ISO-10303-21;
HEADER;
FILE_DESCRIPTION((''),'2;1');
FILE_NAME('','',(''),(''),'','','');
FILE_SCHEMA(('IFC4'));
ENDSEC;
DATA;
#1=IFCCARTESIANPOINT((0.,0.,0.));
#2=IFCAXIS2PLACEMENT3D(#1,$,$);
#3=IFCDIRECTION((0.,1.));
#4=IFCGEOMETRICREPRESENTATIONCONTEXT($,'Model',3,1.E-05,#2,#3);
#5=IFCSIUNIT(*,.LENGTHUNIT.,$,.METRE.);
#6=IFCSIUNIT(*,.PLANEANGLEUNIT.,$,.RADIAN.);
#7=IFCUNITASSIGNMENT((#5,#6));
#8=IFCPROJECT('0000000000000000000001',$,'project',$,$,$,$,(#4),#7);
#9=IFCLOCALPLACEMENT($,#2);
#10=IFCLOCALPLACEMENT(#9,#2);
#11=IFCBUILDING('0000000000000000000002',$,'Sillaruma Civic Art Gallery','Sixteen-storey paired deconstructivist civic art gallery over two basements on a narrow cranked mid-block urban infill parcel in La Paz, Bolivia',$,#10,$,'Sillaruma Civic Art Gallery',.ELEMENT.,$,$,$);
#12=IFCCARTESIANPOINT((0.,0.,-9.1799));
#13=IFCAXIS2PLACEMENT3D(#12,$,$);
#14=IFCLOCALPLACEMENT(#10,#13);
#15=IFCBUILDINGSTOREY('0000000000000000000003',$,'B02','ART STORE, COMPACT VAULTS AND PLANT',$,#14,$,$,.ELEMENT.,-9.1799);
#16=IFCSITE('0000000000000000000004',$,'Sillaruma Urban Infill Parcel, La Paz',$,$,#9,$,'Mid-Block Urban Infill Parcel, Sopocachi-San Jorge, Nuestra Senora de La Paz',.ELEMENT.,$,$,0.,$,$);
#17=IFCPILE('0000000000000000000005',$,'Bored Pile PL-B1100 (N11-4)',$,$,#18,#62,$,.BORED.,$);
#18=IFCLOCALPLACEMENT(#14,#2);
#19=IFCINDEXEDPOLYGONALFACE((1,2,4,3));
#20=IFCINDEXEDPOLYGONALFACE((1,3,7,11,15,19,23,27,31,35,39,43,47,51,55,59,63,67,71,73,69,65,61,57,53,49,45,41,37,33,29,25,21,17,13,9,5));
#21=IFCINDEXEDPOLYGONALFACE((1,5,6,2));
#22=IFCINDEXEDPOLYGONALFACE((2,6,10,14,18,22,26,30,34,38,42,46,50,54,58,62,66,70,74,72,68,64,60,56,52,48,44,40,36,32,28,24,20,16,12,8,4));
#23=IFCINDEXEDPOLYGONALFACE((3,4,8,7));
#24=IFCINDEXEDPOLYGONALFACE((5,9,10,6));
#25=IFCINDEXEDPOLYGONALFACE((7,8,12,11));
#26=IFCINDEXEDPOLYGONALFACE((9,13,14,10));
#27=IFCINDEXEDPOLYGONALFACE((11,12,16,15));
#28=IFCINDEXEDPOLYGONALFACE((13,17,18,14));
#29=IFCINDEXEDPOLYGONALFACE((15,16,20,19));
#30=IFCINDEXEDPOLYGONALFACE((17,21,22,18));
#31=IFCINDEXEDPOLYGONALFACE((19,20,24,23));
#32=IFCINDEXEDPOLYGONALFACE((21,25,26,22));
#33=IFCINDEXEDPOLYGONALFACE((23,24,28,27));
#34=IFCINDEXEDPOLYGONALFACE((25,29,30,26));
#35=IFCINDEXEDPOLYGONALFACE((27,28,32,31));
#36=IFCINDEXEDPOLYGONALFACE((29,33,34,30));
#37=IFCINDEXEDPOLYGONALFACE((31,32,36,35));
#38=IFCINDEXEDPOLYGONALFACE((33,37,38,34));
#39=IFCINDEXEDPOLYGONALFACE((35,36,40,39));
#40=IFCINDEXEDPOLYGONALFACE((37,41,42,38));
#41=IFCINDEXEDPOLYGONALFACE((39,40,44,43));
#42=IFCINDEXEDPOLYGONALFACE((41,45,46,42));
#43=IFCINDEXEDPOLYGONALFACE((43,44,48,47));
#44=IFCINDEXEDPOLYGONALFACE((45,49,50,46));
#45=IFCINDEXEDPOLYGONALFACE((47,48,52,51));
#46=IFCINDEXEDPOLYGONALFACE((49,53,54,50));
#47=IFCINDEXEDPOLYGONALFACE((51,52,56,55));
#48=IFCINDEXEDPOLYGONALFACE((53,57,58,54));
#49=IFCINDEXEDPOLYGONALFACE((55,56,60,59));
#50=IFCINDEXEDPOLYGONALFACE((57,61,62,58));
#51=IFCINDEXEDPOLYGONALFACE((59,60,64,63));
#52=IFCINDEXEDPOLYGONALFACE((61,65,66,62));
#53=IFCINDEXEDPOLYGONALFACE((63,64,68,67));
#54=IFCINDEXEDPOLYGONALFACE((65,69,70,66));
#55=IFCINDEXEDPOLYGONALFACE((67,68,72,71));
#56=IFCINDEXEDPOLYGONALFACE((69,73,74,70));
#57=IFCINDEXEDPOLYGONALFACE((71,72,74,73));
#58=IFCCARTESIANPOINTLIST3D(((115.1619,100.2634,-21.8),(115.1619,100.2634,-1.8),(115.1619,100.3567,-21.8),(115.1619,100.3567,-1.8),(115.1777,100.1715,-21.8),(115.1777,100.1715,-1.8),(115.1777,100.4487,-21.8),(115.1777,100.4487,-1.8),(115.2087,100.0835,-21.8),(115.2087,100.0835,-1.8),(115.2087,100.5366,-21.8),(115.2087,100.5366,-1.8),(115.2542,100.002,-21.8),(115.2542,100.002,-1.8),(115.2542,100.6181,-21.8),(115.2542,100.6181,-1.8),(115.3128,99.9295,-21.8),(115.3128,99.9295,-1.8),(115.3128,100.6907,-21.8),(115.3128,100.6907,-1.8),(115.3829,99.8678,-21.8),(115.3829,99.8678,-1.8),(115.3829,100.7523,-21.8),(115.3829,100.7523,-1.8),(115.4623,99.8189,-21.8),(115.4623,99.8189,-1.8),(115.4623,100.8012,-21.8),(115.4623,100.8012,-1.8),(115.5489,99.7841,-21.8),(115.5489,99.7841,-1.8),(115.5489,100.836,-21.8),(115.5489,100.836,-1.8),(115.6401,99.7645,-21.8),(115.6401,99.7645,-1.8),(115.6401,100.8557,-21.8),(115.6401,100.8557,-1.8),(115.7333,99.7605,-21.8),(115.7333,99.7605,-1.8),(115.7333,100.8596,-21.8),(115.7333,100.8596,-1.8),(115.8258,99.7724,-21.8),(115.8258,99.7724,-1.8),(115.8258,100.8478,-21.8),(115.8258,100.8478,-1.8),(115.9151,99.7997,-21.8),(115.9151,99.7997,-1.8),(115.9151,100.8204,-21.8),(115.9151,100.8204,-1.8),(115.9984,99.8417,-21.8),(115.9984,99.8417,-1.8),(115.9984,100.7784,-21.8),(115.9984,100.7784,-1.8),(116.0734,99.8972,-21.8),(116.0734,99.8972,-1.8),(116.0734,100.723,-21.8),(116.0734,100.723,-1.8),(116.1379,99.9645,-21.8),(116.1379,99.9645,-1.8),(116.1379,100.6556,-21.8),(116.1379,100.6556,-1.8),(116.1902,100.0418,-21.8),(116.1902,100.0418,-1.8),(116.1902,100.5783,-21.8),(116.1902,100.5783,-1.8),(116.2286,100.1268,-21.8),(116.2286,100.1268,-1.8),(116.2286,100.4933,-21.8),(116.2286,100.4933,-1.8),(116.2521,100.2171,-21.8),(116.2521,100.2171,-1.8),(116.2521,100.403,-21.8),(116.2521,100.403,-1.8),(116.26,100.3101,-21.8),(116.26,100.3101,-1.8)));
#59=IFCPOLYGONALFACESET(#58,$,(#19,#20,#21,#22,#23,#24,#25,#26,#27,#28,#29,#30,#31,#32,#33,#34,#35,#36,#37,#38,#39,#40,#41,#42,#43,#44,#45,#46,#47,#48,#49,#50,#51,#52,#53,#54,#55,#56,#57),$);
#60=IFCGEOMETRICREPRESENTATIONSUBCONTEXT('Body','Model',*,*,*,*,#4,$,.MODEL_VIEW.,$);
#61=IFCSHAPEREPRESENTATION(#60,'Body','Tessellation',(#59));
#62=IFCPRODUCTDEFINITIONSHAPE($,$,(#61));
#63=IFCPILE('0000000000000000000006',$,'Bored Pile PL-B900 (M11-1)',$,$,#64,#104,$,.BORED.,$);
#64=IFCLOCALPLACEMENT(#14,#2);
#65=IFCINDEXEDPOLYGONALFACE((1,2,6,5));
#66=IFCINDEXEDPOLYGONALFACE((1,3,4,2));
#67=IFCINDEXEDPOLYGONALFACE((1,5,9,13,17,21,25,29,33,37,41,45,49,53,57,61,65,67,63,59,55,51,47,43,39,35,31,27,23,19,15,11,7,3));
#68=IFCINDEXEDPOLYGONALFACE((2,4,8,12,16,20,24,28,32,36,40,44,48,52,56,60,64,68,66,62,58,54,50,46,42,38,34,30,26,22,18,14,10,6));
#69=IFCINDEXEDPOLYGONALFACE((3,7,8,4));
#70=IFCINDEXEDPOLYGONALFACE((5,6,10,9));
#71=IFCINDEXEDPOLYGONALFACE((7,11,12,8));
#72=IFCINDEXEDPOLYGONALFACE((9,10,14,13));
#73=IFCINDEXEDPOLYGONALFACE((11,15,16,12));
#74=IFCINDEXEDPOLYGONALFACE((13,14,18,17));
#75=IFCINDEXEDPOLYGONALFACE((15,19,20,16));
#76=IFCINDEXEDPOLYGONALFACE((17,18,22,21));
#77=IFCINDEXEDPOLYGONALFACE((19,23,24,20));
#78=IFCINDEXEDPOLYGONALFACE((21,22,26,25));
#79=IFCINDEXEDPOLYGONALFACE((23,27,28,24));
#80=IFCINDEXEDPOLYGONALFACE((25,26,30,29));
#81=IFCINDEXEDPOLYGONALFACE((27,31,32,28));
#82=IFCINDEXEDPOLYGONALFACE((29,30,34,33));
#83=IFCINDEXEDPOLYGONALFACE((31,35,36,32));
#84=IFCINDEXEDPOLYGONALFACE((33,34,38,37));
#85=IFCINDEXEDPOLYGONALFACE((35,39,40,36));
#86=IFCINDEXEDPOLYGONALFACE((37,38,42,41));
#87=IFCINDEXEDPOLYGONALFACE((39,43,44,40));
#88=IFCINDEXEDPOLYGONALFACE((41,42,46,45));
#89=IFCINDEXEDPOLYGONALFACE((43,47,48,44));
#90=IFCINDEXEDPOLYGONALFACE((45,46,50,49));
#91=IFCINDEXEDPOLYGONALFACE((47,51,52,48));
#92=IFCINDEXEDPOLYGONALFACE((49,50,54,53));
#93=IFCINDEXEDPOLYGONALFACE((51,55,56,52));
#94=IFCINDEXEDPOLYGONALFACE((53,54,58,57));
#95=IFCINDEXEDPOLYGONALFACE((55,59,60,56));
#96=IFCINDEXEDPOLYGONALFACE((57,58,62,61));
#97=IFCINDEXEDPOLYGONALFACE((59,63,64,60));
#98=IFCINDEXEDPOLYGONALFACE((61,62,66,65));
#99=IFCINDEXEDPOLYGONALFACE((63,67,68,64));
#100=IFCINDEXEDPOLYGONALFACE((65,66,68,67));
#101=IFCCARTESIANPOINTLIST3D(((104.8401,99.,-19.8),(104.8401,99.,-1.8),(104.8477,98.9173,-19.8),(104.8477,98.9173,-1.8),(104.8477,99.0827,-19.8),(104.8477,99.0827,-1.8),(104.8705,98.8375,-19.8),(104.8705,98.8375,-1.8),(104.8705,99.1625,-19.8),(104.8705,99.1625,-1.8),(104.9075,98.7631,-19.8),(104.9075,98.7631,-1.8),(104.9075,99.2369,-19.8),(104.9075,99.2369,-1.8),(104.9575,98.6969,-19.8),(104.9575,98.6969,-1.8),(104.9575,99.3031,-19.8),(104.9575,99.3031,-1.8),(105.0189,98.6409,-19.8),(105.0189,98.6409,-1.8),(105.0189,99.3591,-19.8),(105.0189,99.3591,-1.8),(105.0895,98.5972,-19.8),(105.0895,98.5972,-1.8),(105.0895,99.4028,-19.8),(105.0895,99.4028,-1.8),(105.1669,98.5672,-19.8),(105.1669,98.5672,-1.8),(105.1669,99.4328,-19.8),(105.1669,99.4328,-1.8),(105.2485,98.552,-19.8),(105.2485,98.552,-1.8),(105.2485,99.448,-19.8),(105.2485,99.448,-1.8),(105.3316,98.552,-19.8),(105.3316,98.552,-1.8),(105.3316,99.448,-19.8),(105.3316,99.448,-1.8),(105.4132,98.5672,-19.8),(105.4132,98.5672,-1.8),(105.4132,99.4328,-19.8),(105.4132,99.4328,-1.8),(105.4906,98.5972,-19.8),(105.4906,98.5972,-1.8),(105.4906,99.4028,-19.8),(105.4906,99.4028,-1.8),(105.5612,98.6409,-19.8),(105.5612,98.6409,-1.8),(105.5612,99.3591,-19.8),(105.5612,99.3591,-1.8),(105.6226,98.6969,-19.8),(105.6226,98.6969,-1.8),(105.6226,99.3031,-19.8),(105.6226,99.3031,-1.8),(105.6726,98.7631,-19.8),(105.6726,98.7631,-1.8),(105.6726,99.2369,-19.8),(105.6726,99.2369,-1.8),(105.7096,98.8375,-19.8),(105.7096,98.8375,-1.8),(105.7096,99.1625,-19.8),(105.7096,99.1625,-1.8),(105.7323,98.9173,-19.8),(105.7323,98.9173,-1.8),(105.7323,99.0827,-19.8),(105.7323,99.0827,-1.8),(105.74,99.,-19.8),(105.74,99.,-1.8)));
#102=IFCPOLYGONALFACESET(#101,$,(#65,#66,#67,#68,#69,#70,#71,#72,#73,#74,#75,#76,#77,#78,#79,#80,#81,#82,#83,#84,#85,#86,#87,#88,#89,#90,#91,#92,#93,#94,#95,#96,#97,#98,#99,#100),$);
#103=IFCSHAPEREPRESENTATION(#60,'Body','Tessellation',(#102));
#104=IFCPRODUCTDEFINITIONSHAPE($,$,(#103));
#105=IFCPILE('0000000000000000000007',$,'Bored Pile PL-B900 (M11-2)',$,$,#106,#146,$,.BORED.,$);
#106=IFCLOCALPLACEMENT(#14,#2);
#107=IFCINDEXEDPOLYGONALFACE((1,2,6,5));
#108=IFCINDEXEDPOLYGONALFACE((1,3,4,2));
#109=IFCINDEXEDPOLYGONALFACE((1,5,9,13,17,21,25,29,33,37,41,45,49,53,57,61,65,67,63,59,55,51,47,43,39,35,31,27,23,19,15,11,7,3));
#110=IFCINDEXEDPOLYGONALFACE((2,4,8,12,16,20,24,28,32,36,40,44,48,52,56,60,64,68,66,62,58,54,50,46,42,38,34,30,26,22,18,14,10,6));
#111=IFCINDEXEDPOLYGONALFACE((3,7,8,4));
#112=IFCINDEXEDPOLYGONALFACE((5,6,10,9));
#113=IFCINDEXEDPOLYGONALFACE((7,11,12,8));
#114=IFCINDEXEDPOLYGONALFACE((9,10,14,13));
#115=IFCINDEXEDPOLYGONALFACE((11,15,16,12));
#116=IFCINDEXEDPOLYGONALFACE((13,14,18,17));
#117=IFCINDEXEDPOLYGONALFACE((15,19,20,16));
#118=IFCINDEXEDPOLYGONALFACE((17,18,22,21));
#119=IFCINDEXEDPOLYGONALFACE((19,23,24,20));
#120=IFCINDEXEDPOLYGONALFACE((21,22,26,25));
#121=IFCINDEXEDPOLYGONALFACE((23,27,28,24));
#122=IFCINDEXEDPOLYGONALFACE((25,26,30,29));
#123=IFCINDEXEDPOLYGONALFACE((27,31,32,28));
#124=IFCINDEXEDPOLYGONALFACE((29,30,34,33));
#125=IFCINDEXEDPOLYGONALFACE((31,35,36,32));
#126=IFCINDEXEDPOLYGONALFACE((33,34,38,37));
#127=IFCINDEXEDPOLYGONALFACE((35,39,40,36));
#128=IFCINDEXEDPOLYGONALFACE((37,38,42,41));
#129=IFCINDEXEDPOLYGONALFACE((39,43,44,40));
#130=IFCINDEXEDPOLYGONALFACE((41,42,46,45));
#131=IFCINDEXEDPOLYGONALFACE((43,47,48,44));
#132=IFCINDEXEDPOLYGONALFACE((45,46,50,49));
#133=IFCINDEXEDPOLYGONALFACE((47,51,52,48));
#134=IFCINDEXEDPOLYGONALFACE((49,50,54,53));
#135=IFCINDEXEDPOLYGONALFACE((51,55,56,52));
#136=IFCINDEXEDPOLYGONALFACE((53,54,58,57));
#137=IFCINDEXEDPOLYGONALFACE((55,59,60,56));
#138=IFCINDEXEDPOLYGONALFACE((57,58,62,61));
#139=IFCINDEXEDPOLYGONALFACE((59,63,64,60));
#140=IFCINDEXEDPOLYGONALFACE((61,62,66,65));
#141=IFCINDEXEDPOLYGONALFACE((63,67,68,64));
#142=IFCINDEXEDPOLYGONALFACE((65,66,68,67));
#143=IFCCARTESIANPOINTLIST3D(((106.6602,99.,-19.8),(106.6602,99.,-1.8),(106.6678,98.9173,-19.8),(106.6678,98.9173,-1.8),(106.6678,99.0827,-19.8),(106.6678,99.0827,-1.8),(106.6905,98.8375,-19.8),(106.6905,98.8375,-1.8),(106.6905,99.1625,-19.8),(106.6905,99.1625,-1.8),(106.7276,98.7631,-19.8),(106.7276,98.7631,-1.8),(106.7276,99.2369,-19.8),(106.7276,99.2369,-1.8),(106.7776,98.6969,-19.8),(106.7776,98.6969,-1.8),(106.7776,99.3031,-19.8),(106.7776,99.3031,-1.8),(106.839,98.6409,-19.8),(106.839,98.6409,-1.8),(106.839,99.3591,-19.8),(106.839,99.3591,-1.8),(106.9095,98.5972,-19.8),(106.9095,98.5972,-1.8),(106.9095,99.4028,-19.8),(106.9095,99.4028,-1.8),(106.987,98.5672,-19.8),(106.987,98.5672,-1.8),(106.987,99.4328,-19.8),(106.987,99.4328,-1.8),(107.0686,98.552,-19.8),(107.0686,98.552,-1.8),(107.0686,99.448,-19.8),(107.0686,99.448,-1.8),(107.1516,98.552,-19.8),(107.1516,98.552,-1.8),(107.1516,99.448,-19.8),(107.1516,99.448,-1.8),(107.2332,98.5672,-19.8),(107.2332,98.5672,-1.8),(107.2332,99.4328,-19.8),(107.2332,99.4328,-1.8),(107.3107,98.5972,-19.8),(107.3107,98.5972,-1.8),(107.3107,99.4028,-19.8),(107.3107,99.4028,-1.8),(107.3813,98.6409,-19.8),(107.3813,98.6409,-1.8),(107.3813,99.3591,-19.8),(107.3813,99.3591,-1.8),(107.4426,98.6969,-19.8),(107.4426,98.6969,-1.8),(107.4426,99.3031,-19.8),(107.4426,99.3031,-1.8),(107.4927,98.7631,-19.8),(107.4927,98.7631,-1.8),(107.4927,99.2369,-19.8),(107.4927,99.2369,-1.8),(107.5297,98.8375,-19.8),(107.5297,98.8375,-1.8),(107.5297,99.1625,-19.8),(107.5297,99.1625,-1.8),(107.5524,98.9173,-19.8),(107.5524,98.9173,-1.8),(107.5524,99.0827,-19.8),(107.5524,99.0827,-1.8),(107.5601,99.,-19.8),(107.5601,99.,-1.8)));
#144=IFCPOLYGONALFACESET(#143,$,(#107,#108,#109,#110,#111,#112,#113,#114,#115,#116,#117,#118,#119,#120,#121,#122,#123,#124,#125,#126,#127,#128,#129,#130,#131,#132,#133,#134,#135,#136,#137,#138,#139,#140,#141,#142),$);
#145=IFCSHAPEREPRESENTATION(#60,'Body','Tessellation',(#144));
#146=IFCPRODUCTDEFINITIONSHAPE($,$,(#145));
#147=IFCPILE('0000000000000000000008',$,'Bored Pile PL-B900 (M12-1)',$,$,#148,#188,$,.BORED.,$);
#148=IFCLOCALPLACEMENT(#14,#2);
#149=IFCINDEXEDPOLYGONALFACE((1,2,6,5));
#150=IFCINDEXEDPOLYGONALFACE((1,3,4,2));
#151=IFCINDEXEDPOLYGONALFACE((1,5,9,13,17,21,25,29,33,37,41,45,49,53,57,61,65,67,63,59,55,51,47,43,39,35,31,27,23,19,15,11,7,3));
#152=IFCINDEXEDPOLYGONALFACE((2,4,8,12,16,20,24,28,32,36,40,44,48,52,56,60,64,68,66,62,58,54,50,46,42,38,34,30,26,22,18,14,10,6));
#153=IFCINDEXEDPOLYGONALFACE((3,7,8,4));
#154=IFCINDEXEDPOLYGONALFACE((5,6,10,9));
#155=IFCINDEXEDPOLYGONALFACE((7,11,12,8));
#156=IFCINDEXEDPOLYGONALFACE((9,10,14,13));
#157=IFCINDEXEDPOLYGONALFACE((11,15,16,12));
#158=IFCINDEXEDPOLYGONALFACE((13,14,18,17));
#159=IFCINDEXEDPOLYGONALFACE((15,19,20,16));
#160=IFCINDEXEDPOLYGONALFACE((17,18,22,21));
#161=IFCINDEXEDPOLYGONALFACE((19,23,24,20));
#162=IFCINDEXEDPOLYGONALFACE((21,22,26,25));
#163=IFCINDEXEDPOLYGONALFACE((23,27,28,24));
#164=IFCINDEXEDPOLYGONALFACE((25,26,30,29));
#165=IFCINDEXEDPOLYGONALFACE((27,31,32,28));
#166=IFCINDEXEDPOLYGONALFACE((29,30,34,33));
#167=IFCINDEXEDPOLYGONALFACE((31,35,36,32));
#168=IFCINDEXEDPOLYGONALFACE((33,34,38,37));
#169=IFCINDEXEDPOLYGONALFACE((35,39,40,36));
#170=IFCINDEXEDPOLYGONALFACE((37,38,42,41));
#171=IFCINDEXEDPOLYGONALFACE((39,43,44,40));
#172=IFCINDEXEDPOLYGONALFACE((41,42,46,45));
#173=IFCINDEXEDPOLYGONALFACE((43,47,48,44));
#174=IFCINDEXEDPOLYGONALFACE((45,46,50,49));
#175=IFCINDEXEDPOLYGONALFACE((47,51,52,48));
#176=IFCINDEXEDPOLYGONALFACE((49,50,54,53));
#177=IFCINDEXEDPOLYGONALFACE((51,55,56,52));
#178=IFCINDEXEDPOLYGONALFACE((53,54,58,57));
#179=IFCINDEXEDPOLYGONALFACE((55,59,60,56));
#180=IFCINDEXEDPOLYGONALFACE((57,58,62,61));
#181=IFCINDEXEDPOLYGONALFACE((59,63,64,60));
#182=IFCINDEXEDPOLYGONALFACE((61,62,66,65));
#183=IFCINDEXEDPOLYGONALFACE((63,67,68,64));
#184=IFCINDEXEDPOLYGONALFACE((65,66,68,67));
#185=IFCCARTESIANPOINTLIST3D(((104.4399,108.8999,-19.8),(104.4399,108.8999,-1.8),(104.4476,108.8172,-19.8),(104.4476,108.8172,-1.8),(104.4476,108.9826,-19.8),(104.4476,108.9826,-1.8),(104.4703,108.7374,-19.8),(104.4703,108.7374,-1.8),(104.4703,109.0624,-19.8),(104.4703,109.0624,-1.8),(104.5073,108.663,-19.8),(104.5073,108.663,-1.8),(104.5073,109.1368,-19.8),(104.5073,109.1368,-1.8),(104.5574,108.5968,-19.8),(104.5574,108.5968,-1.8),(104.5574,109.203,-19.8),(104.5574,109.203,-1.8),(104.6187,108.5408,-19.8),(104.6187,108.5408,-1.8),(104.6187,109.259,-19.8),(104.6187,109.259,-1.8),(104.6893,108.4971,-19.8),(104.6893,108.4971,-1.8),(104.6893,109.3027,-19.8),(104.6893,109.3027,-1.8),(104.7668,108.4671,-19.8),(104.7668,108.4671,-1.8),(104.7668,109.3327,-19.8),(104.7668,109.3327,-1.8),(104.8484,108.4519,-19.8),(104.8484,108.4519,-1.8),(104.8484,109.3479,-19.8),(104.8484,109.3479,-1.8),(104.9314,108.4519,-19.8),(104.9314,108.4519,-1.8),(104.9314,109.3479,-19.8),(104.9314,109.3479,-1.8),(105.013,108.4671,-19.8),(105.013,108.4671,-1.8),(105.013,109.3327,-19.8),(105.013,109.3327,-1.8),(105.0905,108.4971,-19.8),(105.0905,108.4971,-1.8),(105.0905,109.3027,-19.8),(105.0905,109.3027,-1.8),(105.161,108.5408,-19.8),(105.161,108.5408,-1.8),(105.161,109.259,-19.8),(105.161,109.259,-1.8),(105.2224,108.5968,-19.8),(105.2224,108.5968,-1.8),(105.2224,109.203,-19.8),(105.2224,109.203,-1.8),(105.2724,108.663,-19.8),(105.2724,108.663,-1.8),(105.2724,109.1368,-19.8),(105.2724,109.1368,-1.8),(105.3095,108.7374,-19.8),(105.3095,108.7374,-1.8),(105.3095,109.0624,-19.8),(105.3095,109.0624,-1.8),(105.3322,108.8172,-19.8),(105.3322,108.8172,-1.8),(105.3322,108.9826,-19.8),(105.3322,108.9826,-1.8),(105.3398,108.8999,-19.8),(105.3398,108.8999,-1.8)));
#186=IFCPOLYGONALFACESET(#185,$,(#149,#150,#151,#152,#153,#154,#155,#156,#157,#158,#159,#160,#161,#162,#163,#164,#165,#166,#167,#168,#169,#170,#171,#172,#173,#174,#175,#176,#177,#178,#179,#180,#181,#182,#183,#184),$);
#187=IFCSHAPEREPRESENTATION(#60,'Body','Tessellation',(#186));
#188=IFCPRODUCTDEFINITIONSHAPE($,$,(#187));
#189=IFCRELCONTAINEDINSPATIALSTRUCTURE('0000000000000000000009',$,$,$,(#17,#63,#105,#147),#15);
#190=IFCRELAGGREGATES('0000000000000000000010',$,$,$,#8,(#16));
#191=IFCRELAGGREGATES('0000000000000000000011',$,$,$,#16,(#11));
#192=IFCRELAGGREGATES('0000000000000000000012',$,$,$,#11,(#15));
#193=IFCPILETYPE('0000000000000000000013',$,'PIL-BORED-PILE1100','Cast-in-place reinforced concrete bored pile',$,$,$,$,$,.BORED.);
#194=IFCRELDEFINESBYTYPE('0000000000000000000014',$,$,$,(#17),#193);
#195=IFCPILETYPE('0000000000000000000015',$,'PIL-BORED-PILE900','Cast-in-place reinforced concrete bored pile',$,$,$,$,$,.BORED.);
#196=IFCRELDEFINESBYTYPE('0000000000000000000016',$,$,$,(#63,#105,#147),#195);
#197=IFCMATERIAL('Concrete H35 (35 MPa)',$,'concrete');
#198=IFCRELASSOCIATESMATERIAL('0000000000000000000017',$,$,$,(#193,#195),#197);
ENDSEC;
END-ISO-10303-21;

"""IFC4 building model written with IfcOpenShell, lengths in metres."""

from ifc_helpers import new_model, si_unit, direction, frame, origin, origin_2d, place, context, subcontext, project, spatial, circle, extrude, material, material_profile, profile_set, type_object, element, save


model = new_model("IFC4")

# Units and contexts
model_context = context("Model", 3, precision=1e-05, world=origin(), true_north=direction((0.0, 1.0)))
body_context = subcontext(model_context, "Body", "Model", "MODEL_VIEW")
ifc_project = project(units=[si_unit("LENGTHUNIT", "METRE"), si_unit("PLANEANGLEUNIT", "RADIAN")], contexts=[model_context])

# Site, building, storey
site_placement = place(None, origin())
site = spatial("IfcSite", under=ifc_project, at=site_placement, Name="Sillaruma Urban Infill Parcel, La Paz", LongName="Mid-Block Urban Infill Parcel, Sopocachi-San Jorge, Nuestra Senora de La Paz", CompositionType="ELEMENT", RefElevation=0.0)
building_placement = place(site_placement, origin())
building = spatial("IfcBuilding", under=site, at=building_placement, Name="Sillaruma Civic Art Gallery", Description="Sixteen-storey paired deconstructivist civic art gallery over two basements on a narrow cranked mid-block urban infill parcel in La Paz, Bolivia", LongName="Sillaruma Civic Art Gallery", CompositionType="ELEMENT")
storey_placement = place(building_placement, frame((0.0, 0.0, -9.1799)))
storey = spatial("IfcBuildingStorey", under=building, at=storey_placement, Name="B02", Description="ART STORE, COMPACT VAULTS AND PLANT", CompositionType="ELEMENT", Elevation=-9.1799)

# Shared definitions
ifc_material_1 = material(Name="Concrete H35 (35 MPa)", Category="concrete")

# Piles
ifc_material_profile_1 = material_profile(ifc_material_1, circle(Radius=0.55, at=origin_2d()), Name="PILE1100")
ifc_profile_set_1 = profile_set([ifc_material_profile_1], Name="Concrete H35 (35 MPa)")
pile_type_1 = type_object("IfcPileType", Name="PIL-BORED-PILE1100", Description="Cast-in-place reinforced concrete bored pile", PredefinedType="BORED", material=ifc_profile_set_1)
for number, where, z_axis, x_axis, name in (
    (1, (115.71, 100.3101, -1.8), (0.0, 0.0, -1.0), (1.0, 0.0, 0.0), "Bored Pile PL-B1100 (N11-4)"),
):
    element("IfcPile", number, at=place(storey_placement, frame(where, z_axis=z_axis, x_axis=x_axis)), inside=storey, type_object=pile_type_1, Name=name, PredefinedType="BORED", context=body_context, shape_type="SweptSolid", body=[
        extrude(circle(Radius=0.55, at=origin_2d()), origin(), (0.0, 0.0, 1.0), 20.0),
    ])
ifc_material_profile_2 = material_profile(ifc_material_1, circle(Radius=0.45, at=origin_2d()), Name="PILE900")
ifc_profile_set_2 = profile_set([ifc_material_profile_2], Name="Concrete H35 (35 MPa)")
pile_type_2 = type_object("IfcPileType", Name="PIL-BORED-PILE900", Description="Cast-in-place reinforced concrete bored pile", PredefinedType="BORED", material=ifc_profile_set_2)
for number, where, z_axis, x_axis, name in (
    (2, (105.29, 99.0, -1.8), (0.0, 0.0, -1.0), (1.0, 0.0, 0.0), "Bored Pile PL-B900 (M11-1)"),
    (3, (107.1101, 99.0, -1.8), (0.0, 0.0, -1.0), (1.0, 0.0, 0.0), "Bored Pile PL-B900 (M11-2)"),
    (4, (104.8899, 108.8999, -1.8), (0.0, 0.0, -1.0), (1.0, 0.0, 0.0), "Bored Pile PL-B900 (M12-1)"),
):
    element("IfcPile", number, at=place(storey_placement, frame(where, z_axis=z_axis, x_axis=x_axis)), inside=storey, type_object=pile_type_2, Name=name, PredefinedType="BORED", context=body_context, shape_type="SweptSolid", body=[
        extrude(circle(Radius=0.45, at=origin_2d()), origin(), (0.0, 0.0, 1.0), 18.0),
    ])

save(model, "model.ifc")
